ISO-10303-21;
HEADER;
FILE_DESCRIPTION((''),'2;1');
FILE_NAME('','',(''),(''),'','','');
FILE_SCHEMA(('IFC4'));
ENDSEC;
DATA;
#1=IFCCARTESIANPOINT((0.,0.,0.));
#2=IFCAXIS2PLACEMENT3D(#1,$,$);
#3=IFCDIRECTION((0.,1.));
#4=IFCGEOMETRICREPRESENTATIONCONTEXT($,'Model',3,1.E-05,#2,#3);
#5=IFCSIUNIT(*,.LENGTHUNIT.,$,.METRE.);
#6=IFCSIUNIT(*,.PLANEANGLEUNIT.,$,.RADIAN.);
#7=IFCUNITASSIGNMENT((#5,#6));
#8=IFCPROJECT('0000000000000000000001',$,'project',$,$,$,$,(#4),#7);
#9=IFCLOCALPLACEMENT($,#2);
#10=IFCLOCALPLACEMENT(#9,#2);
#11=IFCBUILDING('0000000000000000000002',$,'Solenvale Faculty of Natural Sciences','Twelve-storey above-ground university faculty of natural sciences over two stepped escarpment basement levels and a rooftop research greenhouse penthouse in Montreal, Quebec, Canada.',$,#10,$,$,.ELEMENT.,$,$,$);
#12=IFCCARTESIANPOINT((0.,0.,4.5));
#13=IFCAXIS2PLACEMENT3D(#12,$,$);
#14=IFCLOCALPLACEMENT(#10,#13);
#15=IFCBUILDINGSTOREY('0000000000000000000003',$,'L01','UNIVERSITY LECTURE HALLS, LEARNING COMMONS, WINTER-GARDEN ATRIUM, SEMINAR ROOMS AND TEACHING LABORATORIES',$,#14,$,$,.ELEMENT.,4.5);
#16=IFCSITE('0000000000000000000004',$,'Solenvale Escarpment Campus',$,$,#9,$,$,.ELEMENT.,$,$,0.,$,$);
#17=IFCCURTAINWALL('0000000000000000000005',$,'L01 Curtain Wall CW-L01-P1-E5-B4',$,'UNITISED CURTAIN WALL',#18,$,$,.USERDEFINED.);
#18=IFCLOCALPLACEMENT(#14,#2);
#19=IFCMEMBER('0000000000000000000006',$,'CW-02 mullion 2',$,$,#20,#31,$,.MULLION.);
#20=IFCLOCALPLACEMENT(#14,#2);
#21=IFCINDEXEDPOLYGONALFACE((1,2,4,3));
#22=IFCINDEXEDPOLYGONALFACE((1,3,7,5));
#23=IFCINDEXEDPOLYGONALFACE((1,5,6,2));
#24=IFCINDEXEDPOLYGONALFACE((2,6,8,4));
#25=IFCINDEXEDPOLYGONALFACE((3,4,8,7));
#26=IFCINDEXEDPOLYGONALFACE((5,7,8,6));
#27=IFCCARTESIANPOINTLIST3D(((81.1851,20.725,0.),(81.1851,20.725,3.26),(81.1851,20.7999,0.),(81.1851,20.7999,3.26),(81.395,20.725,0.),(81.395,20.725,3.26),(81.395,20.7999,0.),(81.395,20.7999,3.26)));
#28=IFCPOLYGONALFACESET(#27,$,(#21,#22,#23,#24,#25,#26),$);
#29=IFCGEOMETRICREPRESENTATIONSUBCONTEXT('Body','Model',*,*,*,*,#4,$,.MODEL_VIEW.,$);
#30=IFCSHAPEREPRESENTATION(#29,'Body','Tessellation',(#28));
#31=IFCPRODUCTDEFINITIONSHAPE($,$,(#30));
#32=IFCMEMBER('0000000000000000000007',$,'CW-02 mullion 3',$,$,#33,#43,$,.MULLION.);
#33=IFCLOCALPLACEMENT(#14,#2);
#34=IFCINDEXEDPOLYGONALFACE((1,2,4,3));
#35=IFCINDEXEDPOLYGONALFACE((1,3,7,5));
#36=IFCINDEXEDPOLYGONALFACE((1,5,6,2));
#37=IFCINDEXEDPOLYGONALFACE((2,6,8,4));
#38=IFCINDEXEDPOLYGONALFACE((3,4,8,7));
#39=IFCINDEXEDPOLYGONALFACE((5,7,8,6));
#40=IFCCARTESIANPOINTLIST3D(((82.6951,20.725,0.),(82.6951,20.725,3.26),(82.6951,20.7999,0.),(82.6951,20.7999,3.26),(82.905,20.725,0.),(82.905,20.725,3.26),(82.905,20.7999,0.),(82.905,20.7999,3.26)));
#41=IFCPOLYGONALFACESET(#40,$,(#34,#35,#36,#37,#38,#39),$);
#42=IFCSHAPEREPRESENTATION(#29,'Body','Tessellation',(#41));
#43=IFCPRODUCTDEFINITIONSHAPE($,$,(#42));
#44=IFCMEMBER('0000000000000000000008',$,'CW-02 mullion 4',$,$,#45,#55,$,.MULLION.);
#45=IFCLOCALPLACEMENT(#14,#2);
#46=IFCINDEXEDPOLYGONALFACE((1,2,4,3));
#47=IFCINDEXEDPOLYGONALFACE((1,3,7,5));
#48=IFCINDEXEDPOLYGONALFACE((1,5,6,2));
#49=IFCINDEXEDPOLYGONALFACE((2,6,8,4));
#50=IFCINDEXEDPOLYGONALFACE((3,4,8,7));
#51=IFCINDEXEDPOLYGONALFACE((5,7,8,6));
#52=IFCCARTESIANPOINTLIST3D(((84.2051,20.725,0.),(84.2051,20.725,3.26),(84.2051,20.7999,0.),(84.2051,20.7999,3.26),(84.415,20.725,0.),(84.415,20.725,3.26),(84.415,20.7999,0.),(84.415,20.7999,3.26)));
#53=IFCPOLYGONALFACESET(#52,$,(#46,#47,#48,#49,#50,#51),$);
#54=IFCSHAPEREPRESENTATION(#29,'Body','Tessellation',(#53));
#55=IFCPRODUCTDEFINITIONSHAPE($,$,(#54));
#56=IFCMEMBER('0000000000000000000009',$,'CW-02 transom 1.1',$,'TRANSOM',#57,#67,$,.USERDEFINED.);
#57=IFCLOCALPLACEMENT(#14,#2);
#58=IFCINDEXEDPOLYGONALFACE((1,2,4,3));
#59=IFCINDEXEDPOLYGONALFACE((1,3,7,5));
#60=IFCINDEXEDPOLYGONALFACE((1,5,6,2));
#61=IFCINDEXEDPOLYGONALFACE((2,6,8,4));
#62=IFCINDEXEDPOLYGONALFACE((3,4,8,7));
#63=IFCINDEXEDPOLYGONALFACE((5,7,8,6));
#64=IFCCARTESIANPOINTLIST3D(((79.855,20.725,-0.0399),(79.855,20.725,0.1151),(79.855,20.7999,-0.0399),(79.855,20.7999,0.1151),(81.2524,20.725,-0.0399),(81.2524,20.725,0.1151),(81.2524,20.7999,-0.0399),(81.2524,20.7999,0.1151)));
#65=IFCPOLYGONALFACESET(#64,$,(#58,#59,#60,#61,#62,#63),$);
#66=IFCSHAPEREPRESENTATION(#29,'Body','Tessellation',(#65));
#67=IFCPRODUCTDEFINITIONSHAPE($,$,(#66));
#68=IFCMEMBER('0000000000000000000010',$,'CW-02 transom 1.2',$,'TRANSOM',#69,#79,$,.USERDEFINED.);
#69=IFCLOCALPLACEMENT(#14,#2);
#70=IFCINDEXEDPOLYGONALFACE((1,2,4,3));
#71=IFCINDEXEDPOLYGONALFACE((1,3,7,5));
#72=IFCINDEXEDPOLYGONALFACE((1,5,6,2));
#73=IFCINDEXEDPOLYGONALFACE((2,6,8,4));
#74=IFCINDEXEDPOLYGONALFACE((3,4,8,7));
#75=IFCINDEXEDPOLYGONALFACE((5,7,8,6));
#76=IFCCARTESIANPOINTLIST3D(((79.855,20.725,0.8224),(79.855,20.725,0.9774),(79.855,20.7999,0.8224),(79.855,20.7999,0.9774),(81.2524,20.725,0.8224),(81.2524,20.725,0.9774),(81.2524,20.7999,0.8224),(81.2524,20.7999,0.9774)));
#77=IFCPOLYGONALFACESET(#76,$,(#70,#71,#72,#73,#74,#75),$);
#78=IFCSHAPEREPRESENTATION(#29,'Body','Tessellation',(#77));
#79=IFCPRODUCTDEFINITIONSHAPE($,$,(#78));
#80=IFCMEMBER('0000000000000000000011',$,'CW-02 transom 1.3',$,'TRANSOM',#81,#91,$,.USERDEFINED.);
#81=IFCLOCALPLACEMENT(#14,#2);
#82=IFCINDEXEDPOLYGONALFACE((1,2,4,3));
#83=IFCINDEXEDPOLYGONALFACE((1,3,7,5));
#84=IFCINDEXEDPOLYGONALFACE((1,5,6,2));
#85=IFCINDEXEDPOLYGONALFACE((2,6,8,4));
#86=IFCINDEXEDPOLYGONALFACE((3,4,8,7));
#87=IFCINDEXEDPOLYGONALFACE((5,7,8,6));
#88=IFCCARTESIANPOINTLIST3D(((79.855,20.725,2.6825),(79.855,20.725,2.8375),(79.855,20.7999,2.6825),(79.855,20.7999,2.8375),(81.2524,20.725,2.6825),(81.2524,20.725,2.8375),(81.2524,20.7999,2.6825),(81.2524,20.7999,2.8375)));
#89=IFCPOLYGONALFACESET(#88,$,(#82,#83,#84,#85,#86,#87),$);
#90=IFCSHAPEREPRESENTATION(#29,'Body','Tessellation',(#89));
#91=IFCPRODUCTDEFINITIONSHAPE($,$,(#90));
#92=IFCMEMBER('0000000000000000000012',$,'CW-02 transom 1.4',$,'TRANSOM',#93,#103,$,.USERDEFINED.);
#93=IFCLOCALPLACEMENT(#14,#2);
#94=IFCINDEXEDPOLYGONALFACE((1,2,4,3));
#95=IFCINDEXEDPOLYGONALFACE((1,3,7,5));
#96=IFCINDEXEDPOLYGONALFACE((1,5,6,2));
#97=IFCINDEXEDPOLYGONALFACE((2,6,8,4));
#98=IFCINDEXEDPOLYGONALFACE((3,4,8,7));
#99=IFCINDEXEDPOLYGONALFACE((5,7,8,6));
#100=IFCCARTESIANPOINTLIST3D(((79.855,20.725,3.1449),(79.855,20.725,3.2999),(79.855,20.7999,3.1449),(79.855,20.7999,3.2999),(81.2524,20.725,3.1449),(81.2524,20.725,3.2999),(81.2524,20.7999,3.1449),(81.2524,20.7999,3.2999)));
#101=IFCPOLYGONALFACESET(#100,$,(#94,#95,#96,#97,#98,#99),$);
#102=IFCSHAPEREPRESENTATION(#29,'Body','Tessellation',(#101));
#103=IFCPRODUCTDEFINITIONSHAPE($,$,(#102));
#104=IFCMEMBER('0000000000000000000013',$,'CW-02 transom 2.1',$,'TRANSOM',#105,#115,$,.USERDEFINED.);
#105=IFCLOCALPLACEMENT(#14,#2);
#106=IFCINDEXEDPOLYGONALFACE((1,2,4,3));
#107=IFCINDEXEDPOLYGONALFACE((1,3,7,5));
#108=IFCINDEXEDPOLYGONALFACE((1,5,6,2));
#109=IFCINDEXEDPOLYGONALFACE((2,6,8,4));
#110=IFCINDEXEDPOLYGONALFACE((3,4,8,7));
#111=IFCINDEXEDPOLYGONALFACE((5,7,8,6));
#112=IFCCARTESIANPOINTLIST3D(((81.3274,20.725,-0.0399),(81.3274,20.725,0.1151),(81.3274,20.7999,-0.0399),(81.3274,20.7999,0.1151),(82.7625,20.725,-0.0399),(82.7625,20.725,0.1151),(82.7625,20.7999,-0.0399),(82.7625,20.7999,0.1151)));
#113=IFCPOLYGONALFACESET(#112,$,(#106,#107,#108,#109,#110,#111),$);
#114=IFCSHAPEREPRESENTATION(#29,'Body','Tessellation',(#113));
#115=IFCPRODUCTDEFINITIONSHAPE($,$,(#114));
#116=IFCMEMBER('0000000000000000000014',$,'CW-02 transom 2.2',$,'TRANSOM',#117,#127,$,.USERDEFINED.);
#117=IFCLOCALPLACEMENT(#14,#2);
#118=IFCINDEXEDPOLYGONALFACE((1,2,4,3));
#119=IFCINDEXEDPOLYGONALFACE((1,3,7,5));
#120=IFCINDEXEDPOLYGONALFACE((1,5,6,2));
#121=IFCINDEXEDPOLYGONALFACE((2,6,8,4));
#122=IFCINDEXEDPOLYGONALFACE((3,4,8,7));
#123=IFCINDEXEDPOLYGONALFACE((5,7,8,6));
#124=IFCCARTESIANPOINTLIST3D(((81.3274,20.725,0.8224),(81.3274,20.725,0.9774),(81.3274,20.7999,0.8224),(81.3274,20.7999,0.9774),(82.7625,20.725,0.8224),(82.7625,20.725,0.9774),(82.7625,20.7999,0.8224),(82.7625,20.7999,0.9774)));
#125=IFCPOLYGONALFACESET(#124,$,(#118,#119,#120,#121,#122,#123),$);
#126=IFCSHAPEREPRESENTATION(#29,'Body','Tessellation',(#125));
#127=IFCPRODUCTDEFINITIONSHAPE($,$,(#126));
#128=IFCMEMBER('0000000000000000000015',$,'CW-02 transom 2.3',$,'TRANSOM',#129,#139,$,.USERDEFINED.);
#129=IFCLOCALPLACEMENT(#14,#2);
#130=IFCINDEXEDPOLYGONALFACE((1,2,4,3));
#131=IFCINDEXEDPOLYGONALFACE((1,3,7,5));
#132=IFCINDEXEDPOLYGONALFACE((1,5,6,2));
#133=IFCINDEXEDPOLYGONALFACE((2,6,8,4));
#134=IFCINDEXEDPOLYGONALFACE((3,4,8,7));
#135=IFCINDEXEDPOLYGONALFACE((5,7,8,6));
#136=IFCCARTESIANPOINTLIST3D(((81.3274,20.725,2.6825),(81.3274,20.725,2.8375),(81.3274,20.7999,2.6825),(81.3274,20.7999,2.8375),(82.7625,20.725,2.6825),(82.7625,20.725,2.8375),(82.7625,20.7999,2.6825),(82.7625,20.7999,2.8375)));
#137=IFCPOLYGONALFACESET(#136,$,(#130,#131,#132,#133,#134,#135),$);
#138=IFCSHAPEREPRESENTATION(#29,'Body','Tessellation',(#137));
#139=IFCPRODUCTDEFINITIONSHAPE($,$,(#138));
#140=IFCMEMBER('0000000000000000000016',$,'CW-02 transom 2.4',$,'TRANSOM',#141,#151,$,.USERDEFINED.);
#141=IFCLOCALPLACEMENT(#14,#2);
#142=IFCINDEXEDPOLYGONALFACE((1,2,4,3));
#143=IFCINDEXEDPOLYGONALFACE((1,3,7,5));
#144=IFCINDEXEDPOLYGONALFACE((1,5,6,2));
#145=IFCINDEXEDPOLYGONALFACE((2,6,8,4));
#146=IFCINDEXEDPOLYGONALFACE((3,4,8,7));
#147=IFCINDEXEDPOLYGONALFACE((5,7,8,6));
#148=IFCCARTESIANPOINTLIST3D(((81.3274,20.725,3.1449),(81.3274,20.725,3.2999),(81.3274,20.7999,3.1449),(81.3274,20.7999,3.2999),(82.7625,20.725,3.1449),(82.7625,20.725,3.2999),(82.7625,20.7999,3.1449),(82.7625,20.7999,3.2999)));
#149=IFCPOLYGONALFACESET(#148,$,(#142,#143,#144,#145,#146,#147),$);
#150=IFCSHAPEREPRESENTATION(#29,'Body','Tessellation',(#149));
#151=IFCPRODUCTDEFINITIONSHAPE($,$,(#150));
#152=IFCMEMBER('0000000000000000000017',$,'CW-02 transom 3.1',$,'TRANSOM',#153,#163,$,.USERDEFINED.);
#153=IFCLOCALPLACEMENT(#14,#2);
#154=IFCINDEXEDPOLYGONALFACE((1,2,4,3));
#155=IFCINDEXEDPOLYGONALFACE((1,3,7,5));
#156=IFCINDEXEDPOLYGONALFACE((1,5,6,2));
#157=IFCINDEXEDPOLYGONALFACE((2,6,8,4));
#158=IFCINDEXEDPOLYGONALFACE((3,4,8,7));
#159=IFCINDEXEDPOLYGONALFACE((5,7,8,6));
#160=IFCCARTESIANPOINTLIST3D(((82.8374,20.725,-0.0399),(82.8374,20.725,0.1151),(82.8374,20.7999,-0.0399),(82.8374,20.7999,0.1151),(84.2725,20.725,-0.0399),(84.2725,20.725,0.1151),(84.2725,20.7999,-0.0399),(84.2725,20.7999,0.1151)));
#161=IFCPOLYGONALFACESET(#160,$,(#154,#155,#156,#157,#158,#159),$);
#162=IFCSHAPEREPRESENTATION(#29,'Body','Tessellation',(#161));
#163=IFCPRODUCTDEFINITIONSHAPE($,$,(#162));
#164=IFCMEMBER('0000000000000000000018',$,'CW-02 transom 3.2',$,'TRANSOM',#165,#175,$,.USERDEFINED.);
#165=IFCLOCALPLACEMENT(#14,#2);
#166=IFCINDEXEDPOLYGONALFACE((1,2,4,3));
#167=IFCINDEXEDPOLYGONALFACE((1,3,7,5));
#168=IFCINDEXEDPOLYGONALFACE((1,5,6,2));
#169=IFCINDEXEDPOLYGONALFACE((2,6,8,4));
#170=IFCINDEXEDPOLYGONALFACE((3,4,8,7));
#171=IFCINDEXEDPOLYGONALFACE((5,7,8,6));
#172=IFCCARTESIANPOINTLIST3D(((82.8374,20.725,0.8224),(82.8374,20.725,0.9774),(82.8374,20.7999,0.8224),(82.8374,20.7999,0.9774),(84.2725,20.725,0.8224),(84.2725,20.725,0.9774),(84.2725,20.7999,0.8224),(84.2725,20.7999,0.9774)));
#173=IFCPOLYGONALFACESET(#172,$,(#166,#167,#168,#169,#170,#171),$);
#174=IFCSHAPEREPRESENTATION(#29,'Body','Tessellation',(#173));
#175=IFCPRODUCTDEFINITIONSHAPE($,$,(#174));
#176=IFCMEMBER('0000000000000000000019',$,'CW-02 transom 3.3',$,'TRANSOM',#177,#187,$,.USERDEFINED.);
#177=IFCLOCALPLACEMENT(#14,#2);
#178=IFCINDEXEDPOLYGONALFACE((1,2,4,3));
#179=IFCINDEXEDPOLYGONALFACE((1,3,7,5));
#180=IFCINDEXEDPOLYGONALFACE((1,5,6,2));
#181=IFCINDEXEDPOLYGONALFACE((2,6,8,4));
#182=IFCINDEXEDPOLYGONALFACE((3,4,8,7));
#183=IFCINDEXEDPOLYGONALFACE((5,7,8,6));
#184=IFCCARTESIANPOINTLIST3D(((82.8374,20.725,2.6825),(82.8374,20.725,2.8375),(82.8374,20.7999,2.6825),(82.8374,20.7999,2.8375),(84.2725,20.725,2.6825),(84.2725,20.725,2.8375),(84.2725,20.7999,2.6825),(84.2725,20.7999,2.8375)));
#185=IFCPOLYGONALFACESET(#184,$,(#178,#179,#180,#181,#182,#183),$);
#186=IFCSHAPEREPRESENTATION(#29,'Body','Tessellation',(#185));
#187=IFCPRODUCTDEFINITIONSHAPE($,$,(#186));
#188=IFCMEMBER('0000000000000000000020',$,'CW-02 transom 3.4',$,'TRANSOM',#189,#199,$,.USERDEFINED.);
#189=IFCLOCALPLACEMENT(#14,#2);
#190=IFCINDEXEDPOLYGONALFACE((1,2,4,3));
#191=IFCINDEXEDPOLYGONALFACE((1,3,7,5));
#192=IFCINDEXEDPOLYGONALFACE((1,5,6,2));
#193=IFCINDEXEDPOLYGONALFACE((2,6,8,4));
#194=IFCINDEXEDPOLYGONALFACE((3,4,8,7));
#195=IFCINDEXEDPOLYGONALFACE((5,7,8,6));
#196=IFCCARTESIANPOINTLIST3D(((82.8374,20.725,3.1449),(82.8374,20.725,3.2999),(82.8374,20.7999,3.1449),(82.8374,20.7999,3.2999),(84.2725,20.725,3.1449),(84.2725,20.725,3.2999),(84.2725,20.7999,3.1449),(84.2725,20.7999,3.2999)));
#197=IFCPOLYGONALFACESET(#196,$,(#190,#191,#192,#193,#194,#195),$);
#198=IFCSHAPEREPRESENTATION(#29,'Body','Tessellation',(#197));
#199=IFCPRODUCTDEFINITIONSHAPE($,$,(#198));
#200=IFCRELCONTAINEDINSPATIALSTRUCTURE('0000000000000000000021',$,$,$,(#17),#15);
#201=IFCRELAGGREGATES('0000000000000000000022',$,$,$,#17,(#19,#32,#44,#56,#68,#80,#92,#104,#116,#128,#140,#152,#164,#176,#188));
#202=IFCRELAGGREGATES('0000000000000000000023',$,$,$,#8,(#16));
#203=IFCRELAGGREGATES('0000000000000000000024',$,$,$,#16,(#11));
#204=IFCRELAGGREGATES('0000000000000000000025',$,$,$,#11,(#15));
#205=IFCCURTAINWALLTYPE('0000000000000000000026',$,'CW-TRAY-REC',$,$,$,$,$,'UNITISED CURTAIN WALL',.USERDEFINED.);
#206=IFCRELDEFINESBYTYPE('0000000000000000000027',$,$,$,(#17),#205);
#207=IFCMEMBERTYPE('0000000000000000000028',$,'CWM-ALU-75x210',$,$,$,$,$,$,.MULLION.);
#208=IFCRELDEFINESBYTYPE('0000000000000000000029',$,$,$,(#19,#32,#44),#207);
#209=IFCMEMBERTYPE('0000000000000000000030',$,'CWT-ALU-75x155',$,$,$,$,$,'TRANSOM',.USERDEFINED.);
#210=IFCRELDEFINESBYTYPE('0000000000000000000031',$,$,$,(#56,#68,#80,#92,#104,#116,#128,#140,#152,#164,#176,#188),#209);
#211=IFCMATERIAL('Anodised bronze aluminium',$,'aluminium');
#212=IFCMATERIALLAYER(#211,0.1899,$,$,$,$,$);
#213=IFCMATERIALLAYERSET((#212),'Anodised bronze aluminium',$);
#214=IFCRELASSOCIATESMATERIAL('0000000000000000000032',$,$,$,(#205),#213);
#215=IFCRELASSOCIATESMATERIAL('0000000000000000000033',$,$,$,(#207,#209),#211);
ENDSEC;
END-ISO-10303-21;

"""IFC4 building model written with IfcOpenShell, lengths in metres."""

from ifc_helpers import new_model, si_unit, direction, frame, origin, origin_2d, place, context, subcontext, project, spatial, rectangle, extrude, material, layer, layer_set, material_profile, profile_set, type_object, element, aggregate, save


model = new_model("IFC4")

# Units and contexts
model_context = context("Model", 3, precision=1e-05, world=origin(), true_north=direction((0.0, 1.0)))
body_context = subcontext(model_context, "Body", "Model", "MODEL_VIEW")
ifc_project = project(units=[si_unit("LENGTHUNIT", "METRE"), si_unit("PLANEANGLEUNIT", "RADIAN")], contexts=[model_context])

# Site, building, storey
site_placement = place(None, origin())
site = spatial("IfcSite", under=ifc_project, at=site_placement, Name="Solenvale Escarpment Campus", CompositionType="ELEMENT", RefElevation=0.0)
building_placement = place(site_placement, origin())
building = spatial("IfcBuilding", under=site, at=building_placement, Name="Solenvale Faculty of Natural Sciences", Description="Twelve-storey above-ground university faculty of natural sciences over two stepped escarpment basement levels and a rooftop research greenhouse penthouse in Montreal, Quebec, Canada.", CompositionType="ELEMENT")
storey_placement = place(building_placement, frame((0.0, 0.0, 4.5)))
storey = spatial("IfcBuildingStorey", under=building, at=storey_placement, Name="L01", Description="UNIVERSITY LECTURE HALLS, LEARNING COMMONS, WINTER-GARDEN ATRIUM, SEMINAR ROOMS AND TEACHING LABORATORIES", CompositionType="ELEMENT", Elevation=4.5)

# Curtain wall, members
ifc_material_1 = material(Name="Anodised bronze aluminium", Category="aluminium")
ifc_layer_1 = layer(ifc_material_1, 0.1899)
ifc_layer_set_1 = layer_set([ifc_layer_1], Name="Anodised bronze aluminium")
curtain_wall_type = type_object("IfcCurtainWallType", Name="CW-TRAY-REC", ElementType="UNITISED CURTAIN WALL", PredefinedType="USERDEFINED", material=ifc_layer_set_1)
curtain_wall_placement = place(storey_placement, origin())
curtain_wall = element("IfcCurtainWall", 1, at=curtain_wall_placement, inside=storey, type_object=curtain_wall_type, Name="L01 Curtain Wall CW-L01-P1-E5-B4", ObjectType="UNITISED CURTAIN WALL", PredefinedType="USERDEFINED")
ifc_material_profile_1 = material_profile(ifc_material_1, rectangle(XDim=0.075, YDim=0.21, at=origin_2d()), Name="ALU-MUL-75x210")
ifc_profile_set_1 = profile_set([ifc_material_profile_1], Name="Anodised bronze aluminium")
member_type_1 = type_object("IfcMemberType", Name="CWM-ALU-75x210", PredefinedType="MULLION", material=ifc_profile_set_1)
member_1_placement = place(storey_placement, frame((81.29, 20.7625, 0.0), z_axis=(0.0, 0.0, 1.0), x_axis=(0.0, 1.0, 0.0)))
member_1 = element("IfcMember", 2, at=member_1_placement, type_object=member_type_1, Name="CW-02 mullion 2", PredefinedType="MULLION", context=body_context, shape_type="SweptSolid", body=[
    extrude(rectangle(XDim=0.075, YDim=0.21, at=origin_2d()), origin(), (0.0, 0.0, 1.0), 3.26),
])
member_2_placement = place(storey_placement, frame((82.8, 20.7625, 0.0), z_axis=(0.0, 0.0, 1.0), x_axis=(0.0, 1.0, 0.0)))
member_2 = element("IfcMember", 3, at=member_2_placement, type_object=member_type_1, Name="CW-02 mullion 3", PredefinedType="MULLION", context=body_context, shape_type="SweptSolid", body=[
    extrude(rectangle(XDim=0.075, YDim=0.21, at=origin_2d()), origin(), (0.0, 0.0, 1.0), 3.26),
])
member_3_placement = place(storey_placement, frame((84.3101, 20.7625, 0.0), z_axis=(0.0, 0.0, 1.0), x_axis=(0.0, 1.0, 0.0)))
member_3 = element("IfcMember", 4, at=member_3_placement, type_object=member_type_1, Name="CW-02 mullion 4", PredefinedType="MULLION", context=body_context, shape_type="SweptSolid", body=[
    extrude(rectangle(XDim=0.075, YDim=0.21, at=origin_2d()), origin(), (0.0, 0.0, 1.0), 3.26),
])
ifc_material_profile_2 = material_profile(ifc_material_1, rectangle(XDim=0.075, YDim=0.155, at=origin_2d()), Name="ALU-TRN-75x155")
ifc_profile_set_2 = profile_set([ifc_material_profile_2], Name="Anodised bronze aluminium")
member_type_2 = type_object("IfcMemberType", Name="CWT-ALU-75x155", ElementType="TRANSOM", PredefinedType="USERDEFINED", material=ifc_profile_set_2)
member_4_placement = place(storey_placement, frame((79.855, 20.7625, 0.0376), z_axis=(1.0, 0.0, 0.0), x_axis=(0.0, 1.0, 0.0)))
member_4 = element("IfcMember", 5, at=member_4_placement, type_object=member_type_2, Name="CW-02 transom 1.1", ObjectType="TRANSOM", PredefinedType="USERDEFINED", context=body_context, shape_type="SweptSolid", body=[
    extrude(rectangle(XDim=0.075, YDim=0.155, at=origin_2d()), origin(), (0.0, 0.0, 1.0), 1.3975),
])
member_5_placement = place(storey_placement, frame((79.855, 20.7625, 0.8999), z_axis=(1.0, 0.0, 0.0), x_axis=(0.0, 1.0, 0.0)))
member_5 = element("IfcMember", 6, at=member_5_placement, type_object=member_type_2, Name="CW-02 transom 1.2", ObjectType="TRANSOM", PredefinedType="USERDEFINED", context=body_context, shape_type="SweptSolid", body=[
    extrude(rectangle(XDim=0.075, YDim=0.155, at=origin_2d()), origin(), (0.0, 0.0, 1.0), 1.3975),
])
member_6_placement = place(storey_placement, frame((79.855, 20.7625, 2.76), z_axis=(1.0, 0.0, 0.0), x_axis=(0.0, 1.0, 0.0)))
member_6 = element("IfcMember", 7, at=member_6_placement, type_object=member_type_2, Name="CW-02 transom 1.3", ObjectType="TRANSOM", PredefinedType="USERDEFINED", context=body_context, shape_type="SweptSolid", body=[
    extrude(rectangle(XDim=0.075, YDim=0.155, at=origin_2d()), origin(), (0.0, 0.0, 1.0), 1.3975),
])
member_7_placement = place(storey_placement, frame((79.855, 20.7625, 3.2224), z_axis=(1.0, 0.0, 0.0), x_axis=(0.0, 1.0, 0.0)))
member_7 = element("IfcMember", 8, at=member_7_placement, type_object=member_type_2, Name="CW-02 transom 1.4", ObjectType="TRANSOM", PredefinedType="USERDEFINED", context=body_context, shape_type="SweptSolid", body=[
    extrude(rectangle(XDim=0.075, YDim=0.155, at=origin_2d()), origin(), (0.0, 0.0, 1.0), 1.3975),
])
member_8_placement = place(storey_placement, frame((81.3274, 20.7625, 0.0376), z_axis=(1.0, 0.0, 0.0), x_axis=(0.0, 1.0, 0.0)))
member_8 = element("IfcMember", 9, at=member_8_placement, type_object=member_type_2, Name="CW-02 transom 2.1", ObjectType="TRANSOM", PredefinedType="USERDEFINED", context=body_context, shape_type="SweptSolid", body=[
    extrude(rectangle(XDim=0.075, YDim=0.155, at=origin_2d()), origin(), (0.0, 0.0, 1.0), 1.4351),
])
member_9_placement = place(storey_placement, frame((81.3274, 20.7625, 0.8999), z_axis=(1.0, 0.0, 0.0), x_axis=(0.0, 1.0, 0.0)))
member_9 = element("IfcMember", 10, at=member_9_placement, type_object=member_type_2, Name="CW-02 transom 2.2", ObjectType="TRANSOM", PredefinedType="USERDEFINED", context=body_context, shape_type="SweptSolid", body=[
    extrude(rectangle(XDim=0.075, YDim=0.155, at=origin_2d()), origin(), (0.0, 0.0, 1.0), 1.4351),
])
member_10_placement = place(storey_placement, frame((81.3274, 20.7625, 2.76), z_axis=(1.0, 0.0, 0.0), x_axis=(0.0, 1.0, 0.0)))
member_10 = element("IfcMember", 11, at=member_10_placement, type_object=member_type_2, Name="CW-02 transom 2.3", ObjectType="TRANSOM", PredefinedType="USERDEFINED", context=body_context, shape_type="SweptSolid", body=[
    extrude(rectangle(XDim=0.075, YDim=0.155, at=origin_2d()), origin(), (0.0, 0.0, 1.0), 1.4351),
])
member_11_placement = place(storey_placement, frame((81.3274, 20.7625, 3.2224), z_axis=(1.0, 0.0, 0.0), x_axis=(0.0, 1.0, 0.0)))
member_11 = element("IfcMember", 12, at=member_11_placement, type_object=member_type_2, Name="CW-02 transom 2.4", ObjectType="TRANSOM", PredefinedType="USERDEFINED", context=body_context, shape_type="SweptSolid", body=[
    extrude(rectangle(XDim=0.075, YDim=0.155, at=origin_2d()), origin(), (0.0, 0.0, 1.0), 1.4351),
])
member_12_placement = place(storey_placement, frame((82.8374, 20.7625, 0.0376), z_axis=(1.0, 0.0, 0.0), x_axis=(0.0, 1.0, 0.0)))
member_12 = element("IfcMember", 13, at=member_12_placement, type_object=member_type_2, Name="CW-02 transom 3.1", ObjectType="TRANSOM", PredefinedType="USERDEFINED", context=body_context, shape_type="SweptSolid", body=[
    extrude(rectangle(XDim=0.075, YDim=0.155, at=origin_2d()), origin(), (0.0, 0.0, 1.0), 1.4351),
])
member_13_placement = place(storey_placement, frame((82.8374, 20.7625, 0.8999), z_axis=(1.0, 0.0, 0.0), x_axis=(0.0, 1.0, 0.0)))
member_13 = element("IfcMember", 14, at=member_13_placement, type_object=member_type_2, Name="CW-02 transom 3.2", ObjectType="TRANSOM", PredefinedType="USERDEFINED", context=body_context, shape_type="SweptSolid", body=[
    extrude(rectangle(XDim=0.075, YDim=0.155, at=origin_2d()), origin(), (0.0, 0.0, 1.0), 1.4351),
])
member_14_placement = place(storey_placement, frame((82.8374, 20.7625, 2.76), z_axis=(1.0, 0.0, 0.0), x_axis=(0.0, 1.0, 0.0)))
member_14 = element("IfcMember", 15, at=member_14_placement, type_object=member_type_2, Name="CW-02 transom 3.3", ObjectType="TRANSOM", PredefinedType="USERDEFINED", context=body_context, shape_type="SweptSolid", body=[
    extrude(rectangle(XDim=0.075, YDim=0.155, at=origin_2d()), origin(), (0.0, 0.0, 1.0), 1.4351),
])
member_15_placement = place(storey_placement, frame((82.8374, 20.7625, 3.2224), z_axis=(1.0, 0.0, 0.0), x_axis=(0.0, 1.0, 0.0)))
member_15 = element("IfcMember", 16, at=member_15_placement, type_object=member_type_2, Name="CW-02 transom 3.4", ObjectType="TRANSOM", PredefinedType="USERDEFINED", context=body_context, shape_type="SweptSolid", body=[
    extrude(rectangle(XDim=0.075, YDim=0.155, at=origin_2d()), origin(), (0.0, 0.0, 1.0), 1.4351),
])
aggregate(curtain_wall, [member_1, member_2, member_3, member_4, member_5, member_6, member_7, member_8, member_9, member_10, member_11, member_12, member_13, member_14, member_15])

save(model, "model.ifc")
